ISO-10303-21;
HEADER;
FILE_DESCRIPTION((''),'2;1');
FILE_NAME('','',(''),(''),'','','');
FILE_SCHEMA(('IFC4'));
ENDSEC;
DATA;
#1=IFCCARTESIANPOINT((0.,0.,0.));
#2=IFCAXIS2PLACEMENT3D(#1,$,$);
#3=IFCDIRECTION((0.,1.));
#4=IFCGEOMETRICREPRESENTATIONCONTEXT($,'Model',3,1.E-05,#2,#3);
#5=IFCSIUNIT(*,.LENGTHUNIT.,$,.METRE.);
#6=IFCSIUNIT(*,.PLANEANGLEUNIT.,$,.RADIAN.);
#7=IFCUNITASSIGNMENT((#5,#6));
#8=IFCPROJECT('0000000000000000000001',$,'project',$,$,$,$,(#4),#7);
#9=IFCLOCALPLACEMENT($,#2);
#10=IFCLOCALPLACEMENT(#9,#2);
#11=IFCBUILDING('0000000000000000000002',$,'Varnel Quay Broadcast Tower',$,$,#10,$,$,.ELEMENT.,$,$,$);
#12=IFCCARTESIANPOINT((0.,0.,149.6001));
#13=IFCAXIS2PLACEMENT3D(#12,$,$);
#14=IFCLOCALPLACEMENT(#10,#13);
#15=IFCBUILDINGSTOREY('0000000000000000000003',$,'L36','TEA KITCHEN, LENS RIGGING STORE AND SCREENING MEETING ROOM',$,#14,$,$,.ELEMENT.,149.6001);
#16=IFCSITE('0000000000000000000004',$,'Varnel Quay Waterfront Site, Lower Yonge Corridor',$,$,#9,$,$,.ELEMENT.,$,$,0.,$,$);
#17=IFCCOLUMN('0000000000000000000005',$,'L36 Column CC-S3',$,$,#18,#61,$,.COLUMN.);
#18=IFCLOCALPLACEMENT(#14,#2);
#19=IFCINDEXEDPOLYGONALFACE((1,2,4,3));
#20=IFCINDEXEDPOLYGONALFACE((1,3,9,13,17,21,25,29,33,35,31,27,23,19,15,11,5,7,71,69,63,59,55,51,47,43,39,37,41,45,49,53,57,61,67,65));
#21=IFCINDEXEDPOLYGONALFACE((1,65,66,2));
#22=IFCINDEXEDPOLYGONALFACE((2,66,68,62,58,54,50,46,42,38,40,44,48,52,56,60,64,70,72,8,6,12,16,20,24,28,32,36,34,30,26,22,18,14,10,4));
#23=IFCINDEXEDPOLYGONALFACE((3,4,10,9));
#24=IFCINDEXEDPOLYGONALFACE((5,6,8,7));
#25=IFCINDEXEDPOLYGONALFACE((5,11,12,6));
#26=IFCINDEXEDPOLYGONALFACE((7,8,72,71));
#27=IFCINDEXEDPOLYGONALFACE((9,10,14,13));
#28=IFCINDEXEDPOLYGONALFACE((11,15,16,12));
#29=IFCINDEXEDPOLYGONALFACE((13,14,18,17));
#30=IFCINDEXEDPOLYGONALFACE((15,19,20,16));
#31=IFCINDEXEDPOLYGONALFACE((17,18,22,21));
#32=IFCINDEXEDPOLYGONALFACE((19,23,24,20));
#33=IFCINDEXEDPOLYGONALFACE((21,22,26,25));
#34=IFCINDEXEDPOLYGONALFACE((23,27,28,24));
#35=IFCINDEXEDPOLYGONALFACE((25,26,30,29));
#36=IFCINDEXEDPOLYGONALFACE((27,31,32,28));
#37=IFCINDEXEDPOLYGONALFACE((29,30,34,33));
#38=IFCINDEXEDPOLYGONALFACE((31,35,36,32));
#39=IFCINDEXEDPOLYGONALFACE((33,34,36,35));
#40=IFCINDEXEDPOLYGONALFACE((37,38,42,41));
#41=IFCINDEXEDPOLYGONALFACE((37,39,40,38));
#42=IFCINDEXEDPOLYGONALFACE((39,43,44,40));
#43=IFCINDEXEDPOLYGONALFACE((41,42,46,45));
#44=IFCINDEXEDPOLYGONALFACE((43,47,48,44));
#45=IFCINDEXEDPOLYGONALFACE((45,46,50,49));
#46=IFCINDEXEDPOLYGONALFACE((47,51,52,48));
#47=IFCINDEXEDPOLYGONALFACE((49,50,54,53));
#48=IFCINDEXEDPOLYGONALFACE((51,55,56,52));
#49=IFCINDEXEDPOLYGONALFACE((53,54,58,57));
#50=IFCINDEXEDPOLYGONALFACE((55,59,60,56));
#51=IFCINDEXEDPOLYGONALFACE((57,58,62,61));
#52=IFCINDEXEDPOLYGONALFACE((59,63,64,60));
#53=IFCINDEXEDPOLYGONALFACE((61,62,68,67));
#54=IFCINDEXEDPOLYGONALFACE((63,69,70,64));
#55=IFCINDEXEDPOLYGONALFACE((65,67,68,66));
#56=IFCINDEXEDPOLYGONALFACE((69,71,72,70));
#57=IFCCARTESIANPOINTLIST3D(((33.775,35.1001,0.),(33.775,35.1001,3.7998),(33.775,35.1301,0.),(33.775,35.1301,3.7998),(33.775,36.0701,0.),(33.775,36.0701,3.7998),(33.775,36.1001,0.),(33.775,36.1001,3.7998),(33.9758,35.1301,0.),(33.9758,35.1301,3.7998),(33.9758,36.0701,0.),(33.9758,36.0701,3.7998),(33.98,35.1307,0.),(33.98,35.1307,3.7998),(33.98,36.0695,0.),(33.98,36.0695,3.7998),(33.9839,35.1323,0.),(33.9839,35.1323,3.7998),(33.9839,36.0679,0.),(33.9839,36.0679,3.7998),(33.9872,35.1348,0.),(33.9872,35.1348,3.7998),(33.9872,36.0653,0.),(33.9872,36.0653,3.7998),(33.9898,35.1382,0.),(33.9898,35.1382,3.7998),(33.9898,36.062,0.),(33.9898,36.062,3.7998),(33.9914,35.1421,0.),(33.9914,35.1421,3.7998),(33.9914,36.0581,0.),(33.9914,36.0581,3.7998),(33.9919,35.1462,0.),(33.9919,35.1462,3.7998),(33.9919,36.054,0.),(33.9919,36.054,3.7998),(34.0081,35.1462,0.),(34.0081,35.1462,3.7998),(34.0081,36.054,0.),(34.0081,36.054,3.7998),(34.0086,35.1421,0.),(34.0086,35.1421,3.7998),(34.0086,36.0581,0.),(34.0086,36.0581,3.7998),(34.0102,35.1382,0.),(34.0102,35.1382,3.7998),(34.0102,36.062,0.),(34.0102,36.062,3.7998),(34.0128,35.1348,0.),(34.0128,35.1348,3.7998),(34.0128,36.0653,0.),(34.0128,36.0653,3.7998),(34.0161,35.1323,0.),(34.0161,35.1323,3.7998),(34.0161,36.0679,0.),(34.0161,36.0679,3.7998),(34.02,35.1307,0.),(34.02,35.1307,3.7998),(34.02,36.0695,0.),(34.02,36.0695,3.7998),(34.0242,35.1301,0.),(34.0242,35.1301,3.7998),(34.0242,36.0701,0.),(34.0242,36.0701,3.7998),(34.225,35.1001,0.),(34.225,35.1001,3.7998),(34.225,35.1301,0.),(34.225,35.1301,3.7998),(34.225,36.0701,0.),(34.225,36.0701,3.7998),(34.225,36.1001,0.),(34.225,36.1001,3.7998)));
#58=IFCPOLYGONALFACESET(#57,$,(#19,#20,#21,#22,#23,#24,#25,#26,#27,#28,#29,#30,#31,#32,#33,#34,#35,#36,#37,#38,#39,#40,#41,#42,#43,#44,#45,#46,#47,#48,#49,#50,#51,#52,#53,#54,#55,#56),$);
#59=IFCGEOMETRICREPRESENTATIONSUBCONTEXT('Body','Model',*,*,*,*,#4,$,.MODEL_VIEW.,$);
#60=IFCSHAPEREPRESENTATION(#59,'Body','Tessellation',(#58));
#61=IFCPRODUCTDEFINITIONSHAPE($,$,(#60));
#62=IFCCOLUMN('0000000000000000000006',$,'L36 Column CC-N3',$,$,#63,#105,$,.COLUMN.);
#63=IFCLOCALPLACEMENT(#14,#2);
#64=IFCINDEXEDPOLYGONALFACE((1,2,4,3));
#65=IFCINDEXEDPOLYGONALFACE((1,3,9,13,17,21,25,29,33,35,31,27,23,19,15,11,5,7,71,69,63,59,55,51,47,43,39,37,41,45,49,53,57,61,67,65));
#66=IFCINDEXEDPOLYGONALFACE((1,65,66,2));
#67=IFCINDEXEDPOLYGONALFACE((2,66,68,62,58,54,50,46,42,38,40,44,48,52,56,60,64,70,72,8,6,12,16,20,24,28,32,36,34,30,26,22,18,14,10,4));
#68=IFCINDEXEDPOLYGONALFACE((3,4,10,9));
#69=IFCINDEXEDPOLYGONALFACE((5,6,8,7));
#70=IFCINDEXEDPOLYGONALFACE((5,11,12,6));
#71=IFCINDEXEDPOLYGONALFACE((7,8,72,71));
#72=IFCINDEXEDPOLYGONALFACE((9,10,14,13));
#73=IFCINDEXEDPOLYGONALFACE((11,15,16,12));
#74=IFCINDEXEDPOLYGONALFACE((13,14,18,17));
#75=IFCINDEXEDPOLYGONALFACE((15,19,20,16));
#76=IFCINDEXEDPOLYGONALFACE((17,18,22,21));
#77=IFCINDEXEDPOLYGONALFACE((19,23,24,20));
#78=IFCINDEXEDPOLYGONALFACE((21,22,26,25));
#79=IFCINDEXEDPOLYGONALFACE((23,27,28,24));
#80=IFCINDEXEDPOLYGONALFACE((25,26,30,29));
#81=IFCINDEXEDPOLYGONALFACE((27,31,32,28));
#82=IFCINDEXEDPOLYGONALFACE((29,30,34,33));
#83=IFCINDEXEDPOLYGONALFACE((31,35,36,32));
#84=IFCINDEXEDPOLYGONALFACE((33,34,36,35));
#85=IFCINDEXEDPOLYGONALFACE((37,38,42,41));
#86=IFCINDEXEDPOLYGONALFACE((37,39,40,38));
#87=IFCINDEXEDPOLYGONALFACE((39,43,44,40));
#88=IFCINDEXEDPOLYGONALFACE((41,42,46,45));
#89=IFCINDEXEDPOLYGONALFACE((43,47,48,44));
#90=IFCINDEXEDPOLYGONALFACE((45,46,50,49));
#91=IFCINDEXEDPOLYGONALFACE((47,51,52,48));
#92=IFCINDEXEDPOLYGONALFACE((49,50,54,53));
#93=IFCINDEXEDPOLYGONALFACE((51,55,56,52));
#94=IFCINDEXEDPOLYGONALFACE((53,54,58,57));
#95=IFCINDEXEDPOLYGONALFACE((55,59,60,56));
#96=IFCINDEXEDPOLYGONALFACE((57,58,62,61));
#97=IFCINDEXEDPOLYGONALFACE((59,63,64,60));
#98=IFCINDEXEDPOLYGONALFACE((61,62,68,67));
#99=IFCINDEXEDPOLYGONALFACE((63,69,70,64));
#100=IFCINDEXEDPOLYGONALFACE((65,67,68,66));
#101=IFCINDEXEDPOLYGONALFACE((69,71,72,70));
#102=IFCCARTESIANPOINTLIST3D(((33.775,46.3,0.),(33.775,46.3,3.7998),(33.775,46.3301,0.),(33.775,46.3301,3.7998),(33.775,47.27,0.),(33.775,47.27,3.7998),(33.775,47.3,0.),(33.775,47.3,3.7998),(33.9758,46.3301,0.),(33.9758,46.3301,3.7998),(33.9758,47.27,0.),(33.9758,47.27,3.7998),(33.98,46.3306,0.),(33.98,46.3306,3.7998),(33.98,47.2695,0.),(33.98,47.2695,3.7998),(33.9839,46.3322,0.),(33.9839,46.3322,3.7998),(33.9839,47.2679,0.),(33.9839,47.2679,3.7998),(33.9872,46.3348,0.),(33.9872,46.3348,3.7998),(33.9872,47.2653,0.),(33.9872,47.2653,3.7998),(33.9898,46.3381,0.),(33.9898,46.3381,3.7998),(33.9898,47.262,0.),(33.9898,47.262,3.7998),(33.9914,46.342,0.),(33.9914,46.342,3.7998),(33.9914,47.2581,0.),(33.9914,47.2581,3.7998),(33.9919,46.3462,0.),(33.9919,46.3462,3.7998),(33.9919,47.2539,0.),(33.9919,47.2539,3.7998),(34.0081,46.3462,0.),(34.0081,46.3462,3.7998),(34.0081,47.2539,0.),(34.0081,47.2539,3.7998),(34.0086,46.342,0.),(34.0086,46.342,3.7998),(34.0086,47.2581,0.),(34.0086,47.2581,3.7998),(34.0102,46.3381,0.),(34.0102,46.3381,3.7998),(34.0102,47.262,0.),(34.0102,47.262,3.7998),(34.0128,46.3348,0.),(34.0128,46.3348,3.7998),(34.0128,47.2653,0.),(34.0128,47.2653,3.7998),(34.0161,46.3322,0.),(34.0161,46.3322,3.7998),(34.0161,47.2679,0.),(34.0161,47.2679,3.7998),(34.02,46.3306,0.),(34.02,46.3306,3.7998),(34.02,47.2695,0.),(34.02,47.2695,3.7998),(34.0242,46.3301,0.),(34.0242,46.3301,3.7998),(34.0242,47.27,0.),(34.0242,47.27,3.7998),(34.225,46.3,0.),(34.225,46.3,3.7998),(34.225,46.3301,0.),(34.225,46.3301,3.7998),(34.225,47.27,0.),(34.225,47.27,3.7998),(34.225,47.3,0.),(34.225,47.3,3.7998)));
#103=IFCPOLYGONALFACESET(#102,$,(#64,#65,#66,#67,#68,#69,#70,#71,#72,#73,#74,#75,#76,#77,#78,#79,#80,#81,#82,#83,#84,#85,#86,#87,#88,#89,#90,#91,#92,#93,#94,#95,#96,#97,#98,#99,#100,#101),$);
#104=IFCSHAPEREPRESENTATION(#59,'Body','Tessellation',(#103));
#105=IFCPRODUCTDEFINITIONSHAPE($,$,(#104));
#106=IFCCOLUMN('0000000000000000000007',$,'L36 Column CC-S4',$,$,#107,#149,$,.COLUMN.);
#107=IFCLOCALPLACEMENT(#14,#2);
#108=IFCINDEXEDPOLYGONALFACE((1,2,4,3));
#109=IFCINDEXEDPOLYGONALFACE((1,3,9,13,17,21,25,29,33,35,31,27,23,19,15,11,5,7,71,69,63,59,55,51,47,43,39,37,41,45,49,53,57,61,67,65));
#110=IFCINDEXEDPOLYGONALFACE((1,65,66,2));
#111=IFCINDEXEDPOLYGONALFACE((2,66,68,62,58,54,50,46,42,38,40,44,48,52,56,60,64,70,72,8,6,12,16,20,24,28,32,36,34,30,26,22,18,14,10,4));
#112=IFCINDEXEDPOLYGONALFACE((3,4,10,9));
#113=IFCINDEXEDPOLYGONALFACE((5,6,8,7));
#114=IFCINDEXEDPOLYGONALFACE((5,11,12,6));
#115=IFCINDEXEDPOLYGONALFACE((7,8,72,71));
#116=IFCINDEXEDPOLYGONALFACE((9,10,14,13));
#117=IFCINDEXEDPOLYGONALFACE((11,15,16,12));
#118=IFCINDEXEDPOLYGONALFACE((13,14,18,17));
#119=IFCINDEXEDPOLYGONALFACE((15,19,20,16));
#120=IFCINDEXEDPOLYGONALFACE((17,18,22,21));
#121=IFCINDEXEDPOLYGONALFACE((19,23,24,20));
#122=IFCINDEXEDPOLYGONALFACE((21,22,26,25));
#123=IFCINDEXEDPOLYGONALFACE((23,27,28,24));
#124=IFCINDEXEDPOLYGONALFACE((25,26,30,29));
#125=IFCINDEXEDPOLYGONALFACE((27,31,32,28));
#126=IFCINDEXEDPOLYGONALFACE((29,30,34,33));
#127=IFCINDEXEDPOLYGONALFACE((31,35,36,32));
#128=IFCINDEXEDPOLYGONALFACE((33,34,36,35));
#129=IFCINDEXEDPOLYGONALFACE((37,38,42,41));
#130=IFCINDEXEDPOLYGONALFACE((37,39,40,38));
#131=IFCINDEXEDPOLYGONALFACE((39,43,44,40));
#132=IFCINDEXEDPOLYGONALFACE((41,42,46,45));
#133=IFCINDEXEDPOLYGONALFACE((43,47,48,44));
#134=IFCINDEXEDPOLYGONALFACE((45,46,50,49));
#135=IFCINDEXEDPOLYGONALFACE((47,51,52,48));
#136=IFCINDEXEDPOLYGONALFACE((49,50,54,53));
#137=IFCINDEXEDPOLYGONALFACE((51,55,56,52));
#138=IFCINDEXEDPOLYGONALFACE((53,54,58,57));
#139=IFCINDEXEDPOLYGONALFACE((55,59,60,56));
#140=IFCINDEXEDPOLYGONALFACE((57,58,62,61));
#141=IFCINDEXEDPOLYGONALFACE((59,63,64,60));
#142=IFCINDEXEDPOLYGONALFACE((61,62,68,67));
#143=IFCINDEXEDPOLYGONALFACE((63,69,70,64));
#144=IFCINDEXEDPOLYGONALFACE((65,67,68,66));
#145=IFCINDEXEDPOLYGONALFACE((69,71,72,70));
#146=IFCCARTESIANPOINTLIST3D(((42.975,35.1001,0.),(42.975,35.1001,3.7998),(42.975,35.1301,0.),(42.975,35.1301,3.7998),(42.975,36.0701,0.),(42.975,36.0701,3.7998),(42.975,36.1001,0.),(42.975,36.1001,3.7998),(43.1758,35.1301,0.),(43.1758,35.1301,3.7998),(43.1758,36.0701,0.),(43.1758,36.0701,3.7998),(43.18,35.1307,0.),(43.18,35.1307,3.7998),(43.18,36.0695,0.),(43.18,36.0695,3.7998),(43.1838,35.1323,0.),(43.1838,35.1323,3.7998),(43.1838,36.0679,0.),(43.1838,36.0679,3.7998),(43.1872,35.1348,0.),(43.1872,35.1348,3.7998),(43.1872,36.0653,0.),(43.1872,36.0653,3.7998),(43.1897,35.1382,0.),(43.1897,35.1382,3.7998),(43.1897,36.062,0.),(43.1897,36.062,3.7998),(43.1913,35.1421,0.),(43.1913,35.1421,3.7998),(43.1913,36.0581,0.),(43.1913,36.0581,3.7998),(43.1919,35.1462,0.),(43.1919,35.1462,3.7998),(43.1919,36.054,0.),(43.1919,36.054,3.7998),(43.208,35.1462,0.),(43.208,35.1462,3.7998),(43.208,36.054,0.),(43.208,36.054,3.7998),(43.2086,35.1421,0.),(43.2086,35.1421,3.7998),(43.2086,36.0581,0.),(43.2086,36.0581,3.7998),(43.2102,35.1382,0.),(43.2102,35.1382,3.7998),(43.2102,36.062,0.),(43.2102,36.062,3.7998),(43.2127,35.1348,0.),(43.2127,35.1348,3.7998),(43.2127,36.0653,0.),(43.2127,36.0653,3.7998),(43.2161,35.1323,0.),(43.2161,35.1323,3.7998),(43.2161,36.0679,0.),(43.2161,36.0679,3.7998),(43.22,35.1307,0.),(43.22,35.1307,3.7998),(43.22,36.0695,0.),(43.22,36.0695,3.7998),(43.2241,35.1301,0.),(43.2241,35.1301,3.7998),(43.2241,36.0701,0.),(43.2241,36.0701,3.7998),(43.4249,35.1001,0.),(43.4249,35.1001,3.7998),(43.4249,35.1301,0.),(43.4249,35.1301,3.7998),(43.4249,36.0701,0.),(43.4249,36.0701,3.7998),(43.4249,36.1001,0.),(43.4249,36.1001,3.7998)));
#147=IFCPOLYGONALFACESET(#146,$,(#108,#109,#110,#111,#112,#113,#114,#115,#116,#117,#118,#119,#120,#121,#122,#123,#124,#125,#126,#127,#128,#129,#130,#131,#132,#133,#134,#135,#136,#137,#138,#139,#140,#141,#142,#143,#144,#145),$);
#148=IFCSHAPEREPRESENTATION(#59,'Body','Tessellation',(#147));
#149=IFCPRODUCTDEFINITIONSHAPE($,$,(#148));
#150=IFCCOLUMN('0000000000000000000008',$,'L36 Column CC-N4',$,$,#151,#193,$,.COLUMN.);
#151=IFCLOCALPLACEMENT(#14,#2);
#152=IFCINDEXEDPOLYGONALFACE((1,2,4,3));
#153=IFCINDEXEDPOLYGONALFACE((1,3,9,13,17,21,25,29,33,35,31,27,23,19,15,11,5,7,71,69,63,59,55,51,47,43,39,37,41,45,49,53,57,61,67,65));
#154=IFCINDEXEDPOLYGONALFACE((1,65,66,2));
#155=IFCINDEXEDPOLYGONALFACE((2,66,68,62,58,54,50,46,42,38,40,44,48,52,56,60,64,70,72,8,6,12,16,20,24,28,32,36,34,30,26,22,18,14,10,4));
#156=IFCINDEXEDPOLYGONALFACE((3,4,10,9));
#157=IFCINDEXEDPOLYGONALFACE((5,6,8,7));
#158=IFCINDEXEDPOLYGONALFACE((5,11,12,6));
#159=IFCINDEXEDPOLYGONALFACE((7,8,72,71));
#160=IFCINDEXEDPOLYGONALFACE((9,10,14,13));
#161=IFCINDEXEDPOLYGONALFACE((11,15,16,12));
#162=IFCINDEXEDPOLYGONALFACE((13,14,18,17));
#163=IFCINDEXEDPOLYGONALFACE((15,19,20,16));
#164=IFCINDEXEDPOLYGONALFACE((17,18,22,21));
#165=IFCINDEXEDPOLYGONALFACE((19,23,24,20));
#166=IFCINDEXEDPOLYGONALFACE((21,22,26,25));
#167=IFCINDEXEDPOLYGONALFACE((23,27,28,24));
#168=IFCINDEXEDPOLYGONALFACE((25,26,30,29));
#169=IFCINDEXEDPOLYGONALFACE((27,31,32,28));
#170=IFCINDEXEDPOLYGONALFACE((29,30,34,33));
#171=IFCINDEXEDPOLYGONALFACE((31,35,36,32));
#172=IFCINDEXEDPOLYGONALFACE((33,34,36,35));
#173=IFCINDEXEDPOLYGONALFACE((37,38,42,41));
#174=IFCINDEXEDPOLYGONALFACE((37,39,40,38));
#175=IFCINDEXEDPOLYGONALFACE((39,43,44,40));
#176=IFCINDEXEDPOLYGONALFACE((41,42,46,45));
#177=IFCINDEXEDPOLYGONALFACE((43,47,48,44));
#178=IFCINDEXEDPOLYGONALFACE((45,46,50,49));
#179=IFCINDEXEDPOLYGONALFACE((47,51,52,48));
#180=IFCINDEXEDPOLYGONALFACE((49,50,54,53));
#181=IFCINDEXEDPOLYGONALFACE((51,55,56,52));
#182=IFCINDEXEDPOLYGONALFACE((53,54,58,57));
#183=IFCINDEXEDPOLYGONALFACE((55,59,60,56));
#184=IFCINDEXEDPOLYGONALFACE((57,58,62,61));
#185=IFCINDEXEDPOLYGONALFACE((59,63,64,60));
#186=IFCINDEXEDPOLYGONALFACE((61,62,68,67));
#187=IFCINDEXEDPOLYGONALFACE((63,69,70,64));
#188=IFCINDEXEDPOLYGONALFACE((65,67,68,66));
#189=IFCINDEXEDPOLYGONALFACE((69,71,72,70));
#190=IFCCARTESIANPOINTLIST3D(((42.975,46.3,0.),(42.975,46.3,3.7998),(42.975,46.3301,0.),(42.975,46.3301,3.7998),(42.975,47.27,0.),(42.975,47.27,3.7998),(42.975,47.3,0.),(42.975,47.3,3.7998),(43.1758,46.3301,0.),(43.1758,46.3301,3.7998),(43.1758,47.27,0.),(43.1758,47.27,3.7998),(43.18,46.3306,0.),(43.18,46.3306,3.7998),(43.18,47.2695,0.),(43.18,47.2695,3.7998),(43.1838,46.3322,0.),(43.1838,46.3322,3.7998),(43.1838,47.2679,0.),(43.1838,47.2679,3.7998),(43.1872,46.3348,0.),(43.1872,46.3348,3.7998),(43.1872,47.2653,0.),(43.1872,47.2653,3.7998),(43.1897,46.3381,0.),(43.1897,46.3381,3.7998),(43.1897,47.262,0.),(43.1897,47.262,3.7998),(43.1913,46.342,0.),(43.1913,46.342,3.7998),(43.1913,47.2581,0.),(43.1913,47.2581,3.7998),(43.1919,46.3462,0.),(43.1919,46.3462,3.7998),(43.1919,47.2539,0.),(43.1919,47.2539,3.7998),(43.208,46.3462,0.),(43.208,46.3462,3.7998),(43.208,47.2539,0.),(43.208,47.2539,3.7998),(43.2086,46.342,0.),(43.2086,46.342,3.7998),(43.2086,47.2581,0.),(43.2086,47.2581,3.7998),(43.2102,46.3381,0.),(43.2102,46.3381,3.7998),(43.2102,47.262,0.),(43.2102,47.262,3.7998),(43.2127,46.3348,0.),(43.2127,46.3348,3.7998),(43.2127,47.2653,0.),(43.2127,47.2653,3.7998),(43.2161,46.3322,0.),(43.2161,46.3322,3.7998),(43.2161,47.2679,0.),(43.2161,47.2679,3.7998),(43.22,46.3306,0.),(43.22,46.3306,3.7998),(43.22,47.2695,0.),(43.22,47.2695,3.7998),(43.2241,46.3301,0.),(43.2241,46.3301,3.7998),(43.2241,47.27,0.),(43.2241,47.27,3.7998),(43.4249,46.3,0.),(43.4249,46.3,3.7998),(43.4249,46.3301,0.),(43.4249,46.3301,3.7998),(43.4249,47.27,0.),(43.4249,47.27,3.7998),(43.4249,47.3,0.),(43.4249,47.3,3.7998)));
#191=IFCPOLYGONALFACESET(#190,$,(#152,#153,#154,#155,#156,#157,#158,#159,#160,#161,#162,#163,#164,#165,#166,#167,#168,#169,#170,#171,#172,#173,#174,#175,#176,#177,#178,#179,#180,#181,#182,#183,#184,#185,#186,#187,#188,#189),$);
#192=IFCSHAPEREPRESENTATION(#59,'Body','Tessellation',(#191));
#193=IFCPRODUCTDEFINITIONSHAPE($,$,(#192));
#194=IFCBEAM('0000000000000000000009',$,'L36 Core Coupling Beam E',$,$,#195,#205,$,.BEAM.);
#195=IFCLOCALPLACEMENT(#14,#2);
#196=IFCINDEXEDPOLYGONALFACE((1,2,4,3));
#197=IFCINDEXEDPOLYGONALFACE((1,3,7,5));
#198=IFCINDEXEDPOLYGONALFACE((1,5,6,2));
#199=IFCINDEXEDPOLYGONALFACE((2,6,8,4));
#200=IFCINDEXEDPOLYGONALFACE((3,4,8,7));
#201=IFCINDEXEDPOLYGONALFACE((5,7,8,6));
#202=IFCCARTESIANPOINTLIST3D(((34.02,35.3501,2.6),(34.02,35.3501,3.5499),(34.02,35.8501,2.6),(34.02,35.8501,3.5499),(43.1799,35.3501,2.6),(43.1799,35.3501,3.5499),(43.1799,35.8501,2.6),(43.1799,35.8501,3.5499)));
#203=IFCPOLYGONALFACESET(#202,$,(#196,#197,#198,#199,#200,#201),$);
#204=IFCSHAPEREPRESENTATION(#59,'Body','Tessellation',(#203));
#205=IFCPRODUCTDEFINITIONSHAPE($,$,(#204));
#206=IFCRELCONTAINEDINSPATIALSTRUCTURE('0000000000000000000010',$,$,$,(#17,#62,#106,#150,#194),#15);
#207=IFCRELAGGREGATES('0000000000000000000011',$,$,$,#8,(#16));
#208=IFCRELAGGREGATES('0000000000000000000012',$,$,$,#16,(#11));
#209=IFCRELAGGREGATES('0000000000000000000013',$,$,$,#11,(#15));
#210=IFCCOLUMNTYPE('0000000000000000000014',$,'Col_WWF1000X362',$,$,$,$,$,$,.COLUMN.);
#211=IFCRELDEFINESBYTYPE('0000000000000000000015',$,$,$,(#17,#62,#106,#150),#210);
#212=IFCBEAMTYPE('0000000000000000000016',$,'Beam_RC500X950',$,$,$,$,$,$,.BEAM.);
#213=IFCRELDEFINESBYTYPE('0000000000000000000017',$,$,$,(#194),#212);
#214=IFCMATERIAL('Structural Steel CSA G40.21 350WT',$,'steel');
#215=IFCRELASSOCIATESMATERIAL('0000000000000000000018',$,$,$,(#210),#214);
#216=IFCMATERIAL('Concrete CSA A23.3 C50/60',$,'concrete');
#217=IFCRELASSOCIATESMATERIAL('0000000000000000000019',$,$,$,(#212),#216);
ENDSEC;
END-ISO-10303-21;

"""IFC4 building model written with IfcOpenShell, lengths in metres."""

from ifc_helpers import new_model, si_unit, direction, frame, origin, origin_2d, place, context, subcontext, project, spatial, rectangle, i_section, extrude, source, transform, mapped, material, material_profile, profile_set, type_object, type_shapes, element, save


model = new_model("IFC4")

# Units and contexts
model_context = context("Model", 3, precision=1e-05, world=origin(), true_north=direction((0.0, 1.0)))
body_context = subcontext(model_context, "Body", "Model", "MODEL_VIEW")
ifc_project = project(units=[si_unit("LENGTHUNIT", "METRE"), si_unit("PLANEANGLEUNIT", "RADIAN")], contexts=[model_context])

# Site, building, storey
site_placement = place(None, origin())
site = spatial("IfcSite", under=ifc_project, at=site_placement, Name="Varnel Quay Waterfront Site, Lower Yonge Corridor", CompositionType="ELEMENT", RefElevation=0.0)
building_placement = place(site_placement, origin())
building = spatial("IfcBuilding", under=site, at=building_placement, Name="Varnel Quay Broadcast Tower", CompositionType="ELEMENT")
storey_placement = place(building_placement, frame((0.0, 0.0, 149.6001)))
storey = spatial("IfcBuildingStorey", under=building, at=storey_placement, Name="L36", Description="TEA KITCHEN, LENS RIGGING STORE AND SCREENING MEETING ROOM", CompositionType="ELEMENT", Elevation=149.6001)

# Columns
ifc_material_1 = material(Name="Structural Steel CSA G40.21 350WT", Category="steel")
ifc_material_profile_1 = material_profile(ifc_material_1, i_section(OverallWidth=0.45, OverallDepth=1.0, WebThickness=0.0161, FlangeThickness=0.03, FilletRadius=0.0161, at=origin_2d()), Name="WWF1000X362")
ifc_profile_set_1 = profile_set([ifc_material_profile_1], Name="Structural Steel CSA G40.21 350WT")
column_type = type_object("IfcColumnType", Name="Col_WWF1000X362", PredefinedType="COLUMN", material=ifc_profile_set_1)
shared_shape_1 = source(origin(), body_context, "Body", "SweptSolid", [
    extrude(i_section(OverallWidth=0.45, OverallDepth=1.0, WebThickness=0.0161, FlangeThickness=0.03, FilletRadius=0.0161, at=origin_2d()), origin(), (0.0, 0.0, 1.0), 3.7998),
])
type_shapes(column_type, [shared_shape_1])
for number, where, z_axis, x_axis, name in (
    (1, (34.0, 35.6001, 0.0), (0.0, 0.0, 1.0), (1.0, 0.0, 0.0), "L36 Column CC-S3"),
    (2, (34.0, 46.8, 0.0), (0.0, 0.0, 1.0), (1.0, 0.0, 0.0), "L36 Column CC-N3"),
    (3, (43.2, 35.6001, 0.0), (0.0, 0.0, 1.0), (1.0, 0.0, 0.0), "L36 Column CC-S4"),
    (4, (43.2, 46.8, 0.0), (0.0, 0.0, 1.0), (1.0, 0.0, 0.0), "L36 Column CC-N4"),
):
    element("IfcColumn", number, at=place(storey_placement, frame(where, z_axis=z_axis, x_axis=x_axis)), inside=storey, type_object=column_type, Name=name, PredefinedType="COLUMN", context=body_context, shape_type="MappedRepresentation", body=[
        mapped(shared_shape_1, transform((0.0, 0.0, 0.0), x_axis=(1.0, 0.0, 0.0), y_axis=(0.0, 1.0, 0.0), z_axis=(0.0, 0.0, 1.0), scale=1.0)),
    ])

# Beam
ifc_material_2 = material(Name="Concrete CSA A23.3 C50/60", Category="concrete")
ifc_material_profile_2 = material_profile(ifc_material_2, rectangle(XDim=0.5, YDim=0.95, at=origin_2d()), Name="RC500X950")
ifc_profile_set_2 = profile_set([ifc_material_profile_2], Name="Concrete CSA A23.3 C50/60")
beam_type_1 = type_object("IfcBeamType", Name="Beam_RC500X950", PredefinedType="BEAM", material=ifc_profile_set_2)
shared_shape_2 = source(origin(), body_context, "Body", "SweptSolid", [
    extrude(rectangle(XDim=0.5, YDim=0.95, at=origin_2d()), origin(), (0.0, 0.0, 1.0), 9.1599),
])
type_shapes(beam_type_1, [shared_shape_2])
beam_1_placement = place(storey_placement, frame((34.02, 35.6001, 3.075), z_axis=(1.0, 0.0, 0.0), x_axis=(0.0, 1.0, 0.0)))
element("IfcBeam", 5, at=beam_1_placement, inside=storey, type_object=beam_type_1, Name="L36 Core Coupling Beam E", PredefinedType="BEAM", context=body_context, shape_type="MappedRepresentation", body=[
    mapped(shared_shape_2, transform((0.0, 0.0, 0.0), x_axis=(1.0, 0.0, 0.0), y_axis=(0.0, 1.0, 0.0), z_axis=(0.0, 0.0, 1.0), scale=1.0)),
])

save(model, "model.ifc")
